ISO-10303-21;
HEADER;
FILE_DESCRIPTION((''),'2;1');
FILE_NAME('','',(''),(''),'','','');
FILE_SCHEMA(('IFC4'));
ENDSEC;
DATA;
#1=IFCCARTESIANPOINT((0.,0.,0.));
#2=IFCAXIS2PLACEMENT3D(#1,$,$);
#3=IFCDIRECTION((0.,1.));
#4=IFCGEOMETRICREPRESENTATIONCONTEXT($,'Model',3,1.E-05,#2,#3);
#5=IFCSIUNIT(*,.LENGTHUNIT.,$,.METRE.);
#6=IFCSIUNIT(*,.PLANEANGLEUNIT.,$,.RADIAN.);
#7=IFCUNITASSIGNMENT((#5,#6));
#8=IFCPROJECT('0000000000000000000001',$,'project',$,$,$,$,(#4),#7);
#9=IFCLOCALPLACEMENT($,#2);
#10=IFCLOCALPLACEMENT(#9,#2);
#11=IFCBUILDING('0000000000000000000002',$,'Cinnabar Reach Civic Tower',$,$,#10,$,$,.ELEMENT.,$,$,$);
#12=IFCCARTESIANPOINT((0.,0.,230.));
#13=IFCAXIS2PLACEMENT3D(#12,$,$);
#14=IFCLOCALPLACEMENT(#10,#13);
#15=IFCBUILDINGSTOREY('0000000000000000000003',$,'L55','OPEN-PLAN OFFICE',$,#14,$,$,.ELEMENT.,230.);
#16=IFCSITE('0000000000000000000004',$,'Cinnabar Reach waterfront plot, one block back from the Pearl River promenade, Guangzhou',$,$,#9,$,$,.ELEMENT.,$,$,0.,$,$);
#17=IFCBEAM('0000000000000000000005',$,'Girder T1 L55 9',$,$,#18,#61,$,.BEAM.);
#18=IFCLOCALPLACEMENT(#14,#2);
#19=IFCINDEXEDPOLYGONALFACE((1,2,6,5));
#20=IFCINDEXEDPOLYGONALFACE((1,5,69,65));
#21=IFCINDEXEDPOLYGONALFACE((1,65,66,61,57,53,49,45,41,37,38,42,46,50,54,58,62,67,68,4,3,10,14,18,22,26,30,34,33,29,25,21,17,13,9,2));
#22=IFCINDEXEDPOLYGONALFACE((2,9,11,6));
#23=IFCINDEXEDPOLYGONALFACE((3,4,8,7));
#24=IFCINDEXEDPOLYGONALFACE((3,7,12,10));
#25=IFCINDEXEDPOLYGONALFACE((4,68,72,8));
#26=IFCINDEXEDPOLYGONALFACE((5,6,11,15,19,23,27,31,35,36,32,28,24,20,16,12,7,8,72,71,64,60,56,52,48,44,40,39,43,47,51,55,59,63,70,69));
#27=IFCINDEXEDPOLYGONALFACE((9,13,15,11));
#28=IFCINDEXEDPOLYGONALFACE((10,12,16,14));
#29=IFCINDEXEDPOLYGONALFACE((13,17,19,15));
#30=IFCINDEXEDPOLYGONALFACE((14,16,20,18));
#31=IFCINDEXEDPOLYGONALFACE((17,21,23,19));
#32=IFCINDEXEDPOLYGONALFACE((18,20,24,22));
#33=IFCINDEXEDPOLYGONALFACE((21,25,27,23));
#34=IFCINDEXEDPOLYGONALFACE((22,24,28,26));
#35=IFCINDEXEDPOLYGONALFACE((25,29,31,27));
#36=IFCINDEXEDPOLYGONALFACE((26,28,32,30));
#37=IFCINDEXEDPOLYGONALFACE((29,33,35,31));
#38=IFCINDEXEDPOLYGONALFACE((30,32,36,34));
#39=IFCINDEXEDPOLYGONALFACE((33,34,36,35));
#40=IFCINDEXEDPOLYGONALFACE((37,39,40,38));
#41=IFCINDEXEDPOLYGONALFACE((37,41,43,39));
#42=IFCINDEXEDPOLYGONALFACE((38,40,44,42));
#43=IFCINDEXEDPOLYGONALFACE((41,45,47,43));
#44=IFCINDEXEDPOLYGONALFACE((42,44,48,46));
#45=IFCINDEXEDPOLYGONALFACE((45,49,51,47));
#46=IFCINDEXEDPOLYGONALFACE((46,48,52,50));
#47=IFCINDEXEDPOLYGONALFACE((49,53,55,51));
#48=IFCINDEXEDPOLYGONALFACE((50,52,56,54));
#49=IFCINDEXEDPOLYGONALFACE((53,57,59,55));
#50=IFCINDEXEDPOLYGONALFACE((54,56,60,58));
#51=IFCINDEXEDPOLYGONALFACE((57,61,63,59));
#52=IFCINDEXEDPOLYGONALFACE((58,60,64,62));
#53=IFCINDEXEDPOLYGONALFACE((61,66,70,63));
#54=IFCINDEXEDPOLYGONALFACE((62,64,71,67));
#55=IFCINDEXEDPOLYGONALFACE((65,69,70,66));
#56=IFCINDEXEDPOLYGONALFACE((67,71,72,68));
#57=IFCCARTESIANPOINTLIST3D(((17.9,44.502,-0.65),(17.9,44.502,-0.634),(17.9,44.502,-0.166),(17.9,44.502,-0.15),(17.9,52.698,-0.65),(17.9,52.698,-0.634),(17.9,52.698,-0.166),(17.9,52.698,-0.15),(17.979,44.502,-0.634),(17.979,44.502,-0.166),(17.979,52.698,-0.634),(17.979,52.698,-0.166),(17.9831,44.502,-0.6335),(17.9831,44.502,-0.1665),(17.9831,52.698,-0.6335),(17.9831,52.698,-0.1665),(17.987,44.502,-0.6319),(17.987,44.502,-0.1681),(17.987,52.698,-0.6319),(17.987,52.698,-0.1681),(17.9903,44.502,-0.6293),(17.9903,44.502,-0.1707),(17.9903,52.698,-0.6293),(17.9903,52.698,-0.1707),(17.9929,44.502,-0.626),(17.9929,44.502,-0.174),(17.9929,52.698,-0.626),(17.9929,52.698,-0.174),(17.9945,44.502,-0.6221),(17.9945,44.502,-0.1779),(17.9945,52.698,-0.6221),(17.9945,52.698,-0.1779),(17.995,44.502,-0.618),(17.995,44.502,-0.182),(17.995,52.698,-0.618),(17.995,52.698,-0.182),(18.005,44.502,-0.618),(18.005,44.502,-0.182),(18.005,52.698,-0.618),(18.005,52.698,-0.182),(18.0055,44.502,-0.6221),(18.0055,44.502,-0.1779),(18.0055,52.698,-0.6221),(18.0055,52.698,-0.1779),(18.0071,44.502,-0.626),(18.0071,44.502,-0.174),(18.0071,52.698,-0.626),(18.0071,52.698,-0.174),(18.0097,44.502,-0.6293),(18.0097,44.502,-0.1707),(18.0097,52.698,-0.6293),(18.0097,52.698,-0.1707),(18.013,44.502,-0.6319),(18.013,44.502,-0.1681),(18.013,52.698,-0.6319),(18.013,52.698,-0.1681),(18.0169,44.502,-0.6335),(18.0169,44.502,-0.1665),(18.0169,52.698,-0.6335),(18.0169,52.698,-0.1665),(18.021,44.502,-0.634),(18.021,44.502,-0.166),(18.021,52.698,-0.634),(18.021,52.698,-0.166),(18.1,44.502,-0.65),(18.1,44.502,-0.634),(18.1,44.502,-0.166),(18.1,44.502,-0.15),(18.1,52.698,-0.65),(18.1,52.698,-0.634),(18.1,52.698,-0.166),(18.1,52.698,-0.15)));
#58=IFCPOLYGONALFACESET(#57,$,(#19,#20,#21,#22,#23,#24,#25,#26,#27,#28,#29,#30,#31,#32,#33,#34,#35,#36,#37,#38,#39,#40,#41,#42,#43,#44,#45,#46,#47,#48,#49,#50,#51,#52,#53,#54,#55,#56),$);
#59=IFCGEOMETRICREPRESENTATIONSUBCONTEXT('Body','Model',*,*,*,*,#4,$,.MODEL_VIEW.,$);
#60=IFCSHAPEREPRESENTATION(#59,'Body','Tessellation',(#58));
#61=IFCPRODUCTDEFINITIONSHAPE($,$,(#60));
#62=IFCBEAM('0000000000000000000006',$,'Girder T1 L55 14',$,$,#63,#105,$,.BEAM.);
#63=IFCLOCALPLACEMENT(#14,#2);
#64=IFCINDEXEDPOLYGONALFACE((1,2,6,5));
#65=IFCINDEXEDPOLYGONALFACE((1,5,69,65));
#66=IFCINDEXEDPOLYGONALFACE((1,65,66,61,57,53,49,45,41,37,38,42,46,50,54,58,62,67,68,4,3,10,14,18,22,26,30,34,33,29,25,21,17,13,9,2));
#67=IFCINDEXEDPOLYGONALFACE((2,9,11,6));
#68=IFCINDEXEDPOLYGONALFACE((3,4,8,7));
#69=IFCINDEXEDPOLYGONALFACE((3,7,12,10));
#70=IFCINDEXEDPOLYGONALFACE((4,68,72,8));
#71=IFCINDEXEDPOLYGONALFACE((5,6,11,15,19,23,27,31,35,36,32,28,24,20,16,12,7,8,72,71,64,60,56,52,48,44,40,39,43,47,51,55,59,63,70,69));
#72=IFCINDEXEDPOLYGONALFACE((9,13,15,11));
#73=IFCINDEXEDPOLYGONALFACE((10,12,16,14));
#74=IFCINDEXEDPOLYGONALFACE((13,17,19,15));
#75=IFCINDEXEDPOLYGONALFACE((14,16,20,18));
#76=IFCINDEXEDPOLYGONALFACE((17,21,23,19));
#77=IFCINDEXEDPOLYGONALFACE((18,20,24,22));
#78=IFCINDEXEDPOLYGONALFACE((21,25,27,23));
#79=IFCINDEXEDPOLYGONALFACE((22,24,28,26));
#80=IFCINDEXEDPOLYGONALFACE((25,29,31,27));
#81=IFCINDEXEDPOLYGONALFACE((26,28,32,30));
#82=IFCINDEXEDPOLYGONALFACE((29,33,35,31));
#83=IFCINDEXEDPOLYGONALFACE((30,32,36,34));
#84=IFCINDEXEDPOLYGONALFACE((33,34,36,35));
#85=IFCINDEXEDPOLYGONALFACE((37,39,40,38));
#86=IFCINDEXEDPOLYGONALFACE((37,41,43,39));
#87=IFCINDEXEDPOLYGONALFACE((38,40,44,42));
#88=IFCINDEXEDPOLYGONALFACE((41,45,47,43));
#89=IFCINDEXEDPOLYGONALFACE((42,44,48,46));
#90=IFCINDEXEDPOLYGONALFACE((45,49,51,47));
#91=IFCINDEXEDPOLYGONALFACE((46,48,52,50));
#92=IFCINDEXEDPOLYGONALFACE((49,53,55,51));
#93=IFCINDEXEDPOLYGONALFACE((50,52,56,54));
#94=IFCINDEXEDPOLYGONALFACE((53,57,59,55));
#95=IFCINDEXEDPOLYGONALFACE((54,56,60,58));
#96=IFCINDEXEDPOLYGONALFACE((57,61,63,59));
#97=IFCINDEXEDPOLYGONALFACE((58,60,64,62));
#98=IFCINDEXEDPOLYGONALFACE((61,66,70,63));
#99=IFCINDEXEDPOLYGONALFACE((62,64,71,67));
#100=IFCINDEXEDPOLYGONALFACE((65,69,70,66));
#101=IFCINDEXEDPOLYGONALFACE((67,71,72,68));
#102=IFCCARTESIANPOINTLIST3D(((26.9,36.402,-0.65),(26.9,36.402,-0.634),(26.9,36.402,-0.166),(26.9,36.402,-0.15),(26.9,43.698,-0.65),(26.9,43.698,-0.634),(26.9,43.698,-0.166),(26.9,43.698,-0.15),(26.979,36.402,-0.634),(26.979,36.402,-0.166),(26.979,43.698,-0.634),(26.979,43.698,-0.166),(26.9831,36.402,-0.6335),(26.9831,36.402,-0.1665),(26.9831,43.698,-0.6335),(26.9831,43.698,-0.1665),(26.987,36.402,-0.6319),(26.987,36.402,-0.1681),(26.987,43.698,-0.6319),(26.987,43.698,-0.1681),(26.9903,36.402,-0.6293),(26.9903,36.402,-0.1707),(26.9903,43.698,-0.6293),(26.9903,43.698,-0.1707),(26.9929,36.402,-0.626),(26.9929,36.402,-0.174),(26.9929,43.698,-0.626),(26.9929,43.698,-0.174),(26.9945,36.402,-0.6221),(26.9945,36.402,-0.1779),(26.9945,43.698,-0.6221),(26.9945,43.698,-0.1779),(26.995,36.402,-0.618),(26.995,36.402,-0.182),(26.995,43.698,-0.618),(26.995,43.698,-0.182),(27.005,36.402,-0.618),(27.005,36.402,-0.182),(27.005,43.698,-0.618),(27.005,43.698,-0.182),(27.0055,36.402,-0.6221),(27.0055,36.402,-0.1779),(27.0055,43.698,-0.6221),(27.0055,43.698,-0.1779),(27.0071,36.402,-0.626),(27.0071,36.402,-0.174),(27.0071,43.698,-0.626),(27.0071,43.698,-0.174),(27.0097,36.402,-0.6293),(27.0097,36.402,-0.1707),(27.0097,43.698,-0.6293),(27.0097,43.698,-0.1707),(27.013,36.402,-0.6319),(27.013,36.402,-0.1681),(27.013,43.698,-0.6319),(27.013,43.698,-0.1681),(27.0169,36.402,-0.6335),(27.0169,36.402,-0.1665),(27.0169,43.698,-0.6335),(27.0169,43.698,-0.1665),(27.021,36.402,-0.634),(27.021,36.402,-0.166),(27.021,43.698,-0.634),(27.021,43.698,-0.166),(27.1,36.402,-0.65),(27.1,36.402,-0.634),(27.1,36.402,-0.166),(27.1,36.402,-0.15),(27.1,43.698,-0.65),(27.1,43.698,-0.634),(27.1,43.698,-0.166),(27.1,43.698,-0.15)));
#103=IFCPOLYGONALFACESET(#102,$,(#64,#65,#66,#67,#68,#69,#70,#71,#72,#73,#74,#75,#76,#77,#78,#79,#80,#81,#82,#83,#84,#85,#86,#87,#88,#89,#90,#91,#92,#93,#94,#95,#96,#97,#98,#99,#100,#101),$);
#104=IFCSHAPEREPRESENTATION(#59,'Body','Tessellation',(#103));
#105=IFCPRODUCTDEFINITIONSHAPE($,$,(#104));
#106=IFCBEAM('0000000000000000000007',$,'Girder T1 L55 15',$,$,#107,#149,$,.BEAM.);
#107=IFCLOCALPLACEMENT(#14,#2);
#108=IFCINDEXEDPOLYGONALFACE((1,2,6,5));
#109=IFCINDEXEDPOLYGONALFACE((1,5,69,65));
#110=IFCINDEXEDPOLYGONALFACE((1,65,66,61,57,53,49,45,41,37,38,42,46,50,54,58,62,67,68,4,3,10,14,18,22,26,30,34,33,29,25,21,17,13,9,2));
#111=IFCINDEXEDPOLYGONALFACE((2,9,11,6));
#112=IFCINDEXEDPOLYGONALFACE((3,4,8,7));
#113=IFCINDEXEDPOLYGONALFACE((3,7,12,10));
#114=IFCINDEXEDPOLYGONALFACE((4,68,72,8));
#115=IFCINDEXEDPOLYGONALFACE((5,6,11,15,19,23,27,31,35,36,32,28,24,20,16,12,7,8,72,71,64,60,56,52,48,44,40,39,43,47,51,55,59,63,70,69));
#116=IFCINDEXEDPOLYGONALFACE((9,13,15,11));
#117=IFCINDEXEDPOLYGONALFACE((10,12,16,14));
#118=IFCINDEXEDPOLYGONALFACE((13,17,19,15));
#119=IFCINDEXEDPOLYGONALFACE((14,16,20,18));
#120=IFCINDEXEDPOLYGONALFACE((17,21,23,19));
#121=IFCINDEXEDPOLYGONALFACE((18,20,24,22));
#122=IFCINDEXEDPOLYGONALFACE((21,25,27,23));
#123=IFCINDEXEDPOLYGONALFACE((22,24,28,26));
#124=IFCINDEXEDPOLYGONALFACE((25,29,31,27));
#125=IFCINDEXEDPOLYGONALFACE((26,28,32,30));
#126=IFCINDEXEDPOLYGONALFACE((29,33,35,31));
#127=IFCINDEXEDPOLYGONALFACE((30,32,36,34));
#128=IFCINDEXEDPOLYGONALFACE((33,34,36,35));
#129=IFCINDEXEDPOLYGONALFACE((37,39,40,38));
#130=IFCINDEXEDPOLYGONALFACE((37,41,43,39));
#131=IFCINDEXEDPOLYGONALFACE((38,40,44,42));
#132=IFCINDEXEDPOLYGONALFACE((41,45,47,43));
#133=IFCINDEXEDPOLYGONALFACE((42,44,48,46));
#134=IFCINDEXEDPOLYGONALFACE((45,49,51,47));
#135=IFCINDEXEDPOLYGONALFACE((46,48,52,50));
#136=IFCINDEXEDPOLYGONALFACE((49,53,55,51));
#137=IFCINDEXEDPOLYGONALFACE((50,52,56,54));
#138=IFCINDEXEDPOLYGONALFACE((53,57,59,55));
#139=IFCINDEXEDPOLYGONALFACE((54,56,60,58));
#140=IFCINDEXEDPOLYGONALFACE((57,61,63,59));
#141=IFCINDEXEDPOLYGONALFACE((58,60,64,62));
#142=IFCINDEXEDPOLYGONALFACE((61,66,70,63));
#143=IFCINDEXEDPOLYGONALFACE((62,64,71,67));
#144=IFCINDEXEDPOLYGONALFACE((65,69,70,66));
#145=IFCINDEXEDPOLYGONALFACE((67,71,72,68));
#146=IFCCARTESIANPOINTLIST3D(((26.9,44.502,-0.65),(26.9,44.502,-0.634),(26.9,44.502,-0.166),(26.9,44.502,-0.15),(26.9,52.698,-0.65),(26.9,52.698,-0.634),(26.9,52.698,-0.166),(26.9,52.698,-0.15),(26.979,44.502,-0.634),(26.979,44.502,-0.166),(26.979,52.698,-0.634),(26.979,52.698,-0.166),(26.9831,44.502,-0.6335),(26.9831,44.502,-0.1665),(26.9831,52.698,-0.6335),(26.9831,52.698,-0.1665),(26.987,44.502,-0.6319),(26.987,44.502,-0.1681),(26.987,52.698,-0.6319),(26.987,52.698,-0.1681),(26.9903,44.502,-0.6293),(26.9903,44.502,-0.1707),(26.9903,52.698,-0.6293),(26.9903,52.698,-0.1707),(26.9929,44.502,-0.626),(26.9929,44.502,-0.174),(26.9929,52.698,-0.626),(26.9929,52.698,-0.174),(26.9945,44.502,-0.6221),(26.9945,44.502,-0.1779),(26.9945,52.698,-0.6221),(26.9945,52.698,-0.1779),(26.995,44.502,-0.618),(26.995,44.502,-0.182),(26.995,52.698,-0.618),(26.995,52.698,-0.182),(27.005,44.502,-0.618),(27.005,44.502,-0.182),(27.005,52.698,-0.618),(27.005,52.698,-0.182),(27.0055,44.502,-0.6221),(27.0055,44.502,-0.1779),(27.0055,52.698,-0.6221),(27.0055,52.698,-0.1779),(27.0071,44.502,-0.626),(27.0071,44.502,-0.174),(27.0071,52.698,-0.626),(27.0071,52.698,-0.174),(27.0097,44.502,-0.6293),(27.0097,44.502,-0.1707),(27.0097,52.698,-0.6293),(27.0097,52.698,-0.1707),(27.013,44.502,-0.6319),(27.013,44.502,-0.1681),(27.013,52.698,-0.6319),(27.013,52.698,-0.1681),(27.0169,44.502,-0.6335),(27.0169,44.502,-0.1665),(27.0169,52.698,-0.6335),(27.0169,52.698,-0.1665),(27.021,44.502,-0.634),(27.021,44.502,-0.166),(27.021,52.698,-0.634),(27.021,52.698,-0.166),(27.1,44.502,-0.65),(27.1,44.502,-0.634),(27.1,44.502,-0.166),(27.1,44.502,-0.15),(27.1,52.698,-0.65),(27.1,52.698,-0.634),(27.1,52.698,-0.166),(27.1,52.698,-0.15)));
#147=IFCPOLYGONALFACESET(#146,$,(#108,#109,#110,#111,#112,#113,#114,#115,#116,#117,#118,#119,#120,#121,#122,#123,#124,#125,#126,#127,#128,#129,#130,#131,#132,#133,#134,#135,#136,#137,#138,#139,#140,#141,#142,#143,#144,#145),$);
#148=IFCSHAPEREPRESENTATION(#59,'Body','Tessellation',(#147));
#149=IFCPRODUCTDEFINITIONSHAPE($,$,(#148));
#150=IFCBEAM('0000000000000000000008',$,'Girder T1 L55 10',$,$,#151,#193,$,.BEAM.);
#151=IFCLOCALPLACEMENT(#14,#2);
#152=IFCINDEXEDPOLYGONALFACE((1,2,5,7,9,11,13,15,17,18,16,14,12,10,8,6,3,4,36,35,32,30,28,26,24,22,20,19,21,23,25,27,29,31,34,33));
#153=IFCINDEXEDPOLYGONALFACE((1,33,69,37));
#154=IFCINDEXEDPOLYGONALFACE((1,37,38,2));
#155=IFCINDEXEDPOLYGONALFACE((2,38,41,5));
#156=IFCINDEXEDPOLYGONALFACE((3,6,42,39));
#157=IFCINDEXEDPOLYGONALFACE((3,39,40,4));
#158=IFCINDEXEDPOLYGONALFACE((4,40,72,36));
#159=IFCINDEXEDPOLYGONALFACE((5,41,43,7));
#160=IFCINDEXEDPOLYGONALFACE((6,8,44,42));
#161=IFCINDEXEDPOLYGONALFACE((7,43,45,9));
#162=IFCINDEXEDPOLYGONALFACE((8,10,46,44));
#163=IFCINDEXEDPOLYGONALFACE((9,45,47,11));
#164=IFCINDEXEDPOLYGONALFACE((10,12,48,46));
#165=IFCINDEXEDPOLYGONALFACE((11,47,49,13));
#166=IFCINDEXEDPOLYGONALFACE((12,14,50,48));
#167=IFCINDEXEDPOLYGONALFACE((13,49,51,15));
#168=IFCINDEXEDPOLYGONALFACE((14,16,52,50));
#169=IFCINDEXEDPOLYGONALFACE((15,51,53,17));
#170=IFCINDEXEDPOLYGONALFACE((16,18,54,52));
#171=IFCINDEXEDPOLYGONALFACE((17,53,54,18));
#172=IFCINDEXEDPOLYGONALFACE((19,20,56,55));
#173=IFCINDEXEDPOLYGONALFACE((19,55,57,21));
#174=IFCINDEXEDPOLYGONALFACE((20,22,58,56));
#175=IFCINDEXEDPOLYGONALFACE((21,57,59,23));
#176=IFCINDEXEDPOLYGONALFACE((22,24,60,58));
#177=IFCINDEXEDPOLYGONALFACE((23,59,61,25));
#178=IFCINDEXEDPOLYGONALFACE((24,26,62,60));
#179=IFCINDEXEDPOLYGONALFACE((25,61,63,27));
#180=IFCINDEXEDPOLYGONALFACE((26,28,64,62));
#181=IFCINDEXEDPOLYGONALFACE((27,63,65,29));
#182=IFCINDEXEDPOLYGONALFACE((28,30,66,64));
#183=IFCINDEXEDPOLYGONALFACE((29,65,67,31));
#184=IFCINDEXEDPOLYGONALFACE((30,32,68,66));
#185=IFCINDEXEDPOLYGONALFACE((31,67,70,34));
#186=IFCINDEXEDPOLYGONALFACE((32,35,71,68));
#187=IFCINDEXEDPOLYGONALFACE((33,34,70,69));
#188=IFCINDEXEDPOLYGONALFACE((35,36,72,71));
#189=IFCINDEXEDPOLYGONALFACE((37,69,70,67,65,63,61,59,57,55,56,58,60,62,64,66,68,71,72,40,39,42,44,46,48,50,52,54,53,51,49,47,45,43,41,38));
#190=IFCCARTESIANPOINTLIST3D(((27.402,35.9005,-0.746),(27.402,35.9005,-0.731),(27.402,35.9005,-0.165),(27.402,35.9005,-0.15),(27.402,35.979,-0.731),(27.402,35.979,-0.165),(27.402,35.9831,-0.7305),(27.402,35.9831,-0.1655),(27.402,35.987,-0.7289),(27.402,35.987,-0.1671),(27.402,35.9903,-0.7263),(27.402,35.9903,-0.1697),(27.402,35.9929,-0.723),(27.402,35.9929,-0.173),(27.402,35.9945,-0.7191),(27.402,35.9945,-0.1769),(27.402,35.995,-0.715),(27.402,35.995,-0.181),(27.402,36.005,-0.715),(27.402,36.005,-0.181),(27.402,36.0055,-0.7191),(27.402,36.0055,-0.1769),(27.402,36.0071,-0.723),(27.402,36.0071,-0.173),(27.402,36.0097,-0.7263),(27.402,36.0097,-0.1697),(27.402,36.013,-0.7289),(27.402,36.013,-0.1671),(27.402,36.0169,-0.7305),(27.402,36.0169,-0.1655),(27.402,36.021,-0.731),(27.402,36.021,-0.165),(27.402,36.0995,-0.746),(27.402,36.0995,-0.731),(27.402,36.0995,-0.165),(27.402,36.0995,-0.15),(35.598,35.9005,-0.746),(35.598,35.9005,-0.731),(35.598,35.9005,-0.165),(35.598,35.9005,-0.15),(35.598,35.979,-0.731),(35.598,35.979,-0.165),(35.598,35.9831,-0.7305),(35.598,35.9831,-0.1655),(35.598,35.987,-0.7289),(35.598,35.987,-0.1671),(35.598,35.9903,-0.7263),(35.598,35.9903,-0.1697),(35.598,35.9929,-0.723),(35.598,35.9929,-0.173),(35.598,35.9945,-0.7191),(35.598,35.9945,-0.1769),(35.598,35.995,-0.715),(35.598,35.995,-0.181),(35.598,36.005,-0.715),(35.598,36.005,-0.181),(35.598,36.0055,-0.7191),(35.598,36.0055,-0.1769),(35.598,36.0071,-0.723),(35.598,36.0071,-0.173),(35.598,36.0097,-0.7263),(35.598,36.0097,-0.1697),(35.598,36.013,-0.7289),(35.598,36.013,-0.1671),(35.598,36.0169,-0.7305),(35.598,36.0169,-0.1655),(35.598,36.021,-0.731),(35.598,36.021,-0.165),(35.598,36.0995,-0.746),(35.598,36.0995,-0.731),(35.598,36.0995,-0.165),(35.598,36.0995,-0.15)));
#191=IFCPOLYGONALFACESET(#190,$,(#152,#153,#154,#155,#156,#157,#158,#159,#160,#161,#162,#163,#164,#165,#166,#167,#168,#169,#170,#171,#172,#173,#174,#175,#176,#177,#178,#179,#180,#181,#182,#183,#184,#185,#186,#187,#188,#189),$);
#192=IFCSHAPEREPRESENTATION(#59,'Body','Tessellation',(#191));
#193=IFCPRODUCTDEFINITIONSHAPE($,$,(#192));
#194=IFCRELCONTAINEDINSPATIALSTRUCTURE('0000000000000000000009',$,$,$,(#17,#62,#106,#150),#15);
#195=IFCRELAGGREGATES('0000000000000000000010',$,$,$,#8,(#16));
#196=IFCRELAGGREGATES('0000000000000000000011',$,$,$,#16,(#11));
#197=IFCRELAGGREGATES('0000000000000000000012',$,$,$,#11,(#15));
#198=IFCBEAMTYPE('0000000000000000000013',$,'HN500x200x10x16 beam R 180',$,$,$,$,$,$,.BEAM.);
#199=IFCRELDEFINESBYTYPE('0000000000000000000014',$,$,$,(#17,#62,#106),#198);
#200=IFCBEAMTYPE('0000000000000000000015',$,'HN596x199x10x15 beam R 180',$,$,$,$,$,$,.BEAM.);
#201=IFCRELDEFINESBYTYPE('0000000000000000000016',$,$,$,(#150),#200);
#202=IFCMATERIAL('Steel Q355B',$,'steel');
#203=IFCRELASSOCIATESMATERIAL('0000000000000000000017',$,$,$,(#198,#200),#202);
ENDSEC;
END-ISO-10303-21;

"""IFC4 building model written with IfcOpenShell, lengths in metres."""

from ifc_helpers import new_model, si_unit, direction, frame, origin, origin_2d, place, context, subcontext, project, spatial, i_section, extrude, material, material_profile, profile_set, type_object, element, save


model = new_model("IFC4")

# Units and contexts
model_context = context("Model", 3, precision=1e-05, world=origin(), true_north=direction((0.0, 1.0)))
body_context = subcontext(model_context, "Body", "Model", "MODEL_VIEW")
ifc_project = project(units=[si_unit("LENGTHUNIT", "METRE"), si_unit("PLANEANGLEUNIT", "RADIAN")], contexts=[model_context])

# Site, building, storey
site_placement = place(None, origin())
site = spatial("IfcSite", under=ifc_project, at=site_placement, Name="Cinnabar Reach waterfront plot, one block back from the Pearl River promenade, Guangzhou", CompositionType="ELEMENT", RefElevation=0.0)
building_placement = place(site_placement, origin())
building = spatial("IfcBuilding", under=site, at=building_placement, Name="Cinnabar Reach Civic Tower", CompositionType="ELEMENT")
storey_placement = place(building_placement, frame((0.0, 0.0, 230.0)))
storey = spatial("IfcBuildingStorey", under=building, at=storey_placement, Name="L55", Description="OPEN-PLAN OFFICE", CompositionType="ELEMENT", Elevation=230.0)

# Beams
ifc_material_1 = material(Name="Steel Q355B", Category="steel")
ifc_material_profile_1 = material_profile(ifc_material_1, i_section(OverallWidth=0.2, OverallDepth=0.5, WebThickness=0.01, FlangeThickness=0.016, FilletRadius=0.016, at=origin_2d()), Name="HN500x200x10x16")
ifc_profile_set_1 = profile_set([ifc_material_profile_1], Name="Steel Q355B")
beam_type_1 = type_object("IfcBeamType", Name="HN500x200x10x16 beam R 180", PredefinedType="BEAM", material=ifc_profile_set_1)
beam_1_placement = place(storey_placement, frame((18.0, 44.502, -0.4), z_axis=(0.0, 1.0, 0.0), x_axis=(-1.0, 0.0, 0.0)))
element("IfcBeam", 1, at=beam_1_placement, inside=storey, type_object=beam_type_1, Name="Girder T1 L55 9", PredefinedType="BEAM", context=body_context, shape_type="SweptSolid", body=[
    extrude(i_section(OverallWidth=0.2, OverallDepth=0.5, WebThickness=0.01, FlangeThickness=0.016, FilletRadius=0.016, at=origin_2d()), origin(), (0.0, 0.0, 1.0), 8.196),
])
beam_2_placement = place(storey_placement, frame((27.0, 36.402, -0.4), z_axis=(0.0, 1.0, 0.0), x_axis=(-1.0, 0.0, 0.0)))
element("IfcBeam", 2, at=beam_2_placement, inside=storey, type_object=beam_type_1, Name="Girder T1 L55 14", PredefinedType="BEAM", context=body_context, shape_type="SweptSolid", body=[
    extrude(i_section(OverallWidth=0.2, OverallDepth=0.5, WebThickness=0.01, FlangeThickness=0.016, FilletRadius=0.016, at=origin_2d()), origin(), (0.0, 0.0, 1.0), 7.296),
])
beam_3_placement = place(storey_placement, frame((27.0, 44.502, -0.4), z_axis=(0.0, 1.0, 0.0), x_axis=(-1.0, 0.0, 0.0)))
element("IfcBeam", 3, at=beam_3_placement, inside=storey, type_object=beam_type_1, Name="Girder T1 L55 15", PredefinedType="BEAM", context=body_context, shape_type="SweptSolid", body=[
    extrude(i_section(OverallWidth=0.2, OverallDepth=0.5, WebThickness=0.01, FlangeThickness=0.016, FilletRadius=0.016, at=origin_2d()), origin(), (0.0, 0.0, 1.0), 8.196),
])
ifc_material_profile_2 = material_profile(ifc_material_1, i_section(OverallWidth=0.199, OverallDepth=0.596, WebThickness=0.01, FlangeThickness=0.015, FilletRadius=0.016, at=origin_2d()), Name="HN596x199x10x15")
ifc_profile_set_2 = profile_set([ifc_material_profile_2], Name="Steel Q355B")
beam_type_2 = type_object("IfcBeamType", Name="HN596x199x10x15 beam R 180", PredefinedType="BEAM", material=ifc_profile_set_2)
for number, where, z_axis, x_axis, name in (
    (4, (27.402, 36.0, -0.448), (1.0, 0.0, 0.0), (0.0, 1.0, 0.0), "Girder T1 L55 10"),
):
    element("IfcBeam", number, at=place(storey_placement, frame(where, z_axis=z_axis, x_axis=x_axis)), inside=storey, type_object=beam_type_2, Name=name, PredefinedType="BEAM", context=body_context, shape_type="SweptSolid", body=[
        extrude(i_section(OverallWidth=0.199, OverallDepth=0.596, WebThickness=0.01, FlangeThickness=0.015, FilletRadius=0.016, at=origin_2d()), origin(), (0.0, 0.0, 1.0), 8.196),
    ])

save(model, "model.ifc")
